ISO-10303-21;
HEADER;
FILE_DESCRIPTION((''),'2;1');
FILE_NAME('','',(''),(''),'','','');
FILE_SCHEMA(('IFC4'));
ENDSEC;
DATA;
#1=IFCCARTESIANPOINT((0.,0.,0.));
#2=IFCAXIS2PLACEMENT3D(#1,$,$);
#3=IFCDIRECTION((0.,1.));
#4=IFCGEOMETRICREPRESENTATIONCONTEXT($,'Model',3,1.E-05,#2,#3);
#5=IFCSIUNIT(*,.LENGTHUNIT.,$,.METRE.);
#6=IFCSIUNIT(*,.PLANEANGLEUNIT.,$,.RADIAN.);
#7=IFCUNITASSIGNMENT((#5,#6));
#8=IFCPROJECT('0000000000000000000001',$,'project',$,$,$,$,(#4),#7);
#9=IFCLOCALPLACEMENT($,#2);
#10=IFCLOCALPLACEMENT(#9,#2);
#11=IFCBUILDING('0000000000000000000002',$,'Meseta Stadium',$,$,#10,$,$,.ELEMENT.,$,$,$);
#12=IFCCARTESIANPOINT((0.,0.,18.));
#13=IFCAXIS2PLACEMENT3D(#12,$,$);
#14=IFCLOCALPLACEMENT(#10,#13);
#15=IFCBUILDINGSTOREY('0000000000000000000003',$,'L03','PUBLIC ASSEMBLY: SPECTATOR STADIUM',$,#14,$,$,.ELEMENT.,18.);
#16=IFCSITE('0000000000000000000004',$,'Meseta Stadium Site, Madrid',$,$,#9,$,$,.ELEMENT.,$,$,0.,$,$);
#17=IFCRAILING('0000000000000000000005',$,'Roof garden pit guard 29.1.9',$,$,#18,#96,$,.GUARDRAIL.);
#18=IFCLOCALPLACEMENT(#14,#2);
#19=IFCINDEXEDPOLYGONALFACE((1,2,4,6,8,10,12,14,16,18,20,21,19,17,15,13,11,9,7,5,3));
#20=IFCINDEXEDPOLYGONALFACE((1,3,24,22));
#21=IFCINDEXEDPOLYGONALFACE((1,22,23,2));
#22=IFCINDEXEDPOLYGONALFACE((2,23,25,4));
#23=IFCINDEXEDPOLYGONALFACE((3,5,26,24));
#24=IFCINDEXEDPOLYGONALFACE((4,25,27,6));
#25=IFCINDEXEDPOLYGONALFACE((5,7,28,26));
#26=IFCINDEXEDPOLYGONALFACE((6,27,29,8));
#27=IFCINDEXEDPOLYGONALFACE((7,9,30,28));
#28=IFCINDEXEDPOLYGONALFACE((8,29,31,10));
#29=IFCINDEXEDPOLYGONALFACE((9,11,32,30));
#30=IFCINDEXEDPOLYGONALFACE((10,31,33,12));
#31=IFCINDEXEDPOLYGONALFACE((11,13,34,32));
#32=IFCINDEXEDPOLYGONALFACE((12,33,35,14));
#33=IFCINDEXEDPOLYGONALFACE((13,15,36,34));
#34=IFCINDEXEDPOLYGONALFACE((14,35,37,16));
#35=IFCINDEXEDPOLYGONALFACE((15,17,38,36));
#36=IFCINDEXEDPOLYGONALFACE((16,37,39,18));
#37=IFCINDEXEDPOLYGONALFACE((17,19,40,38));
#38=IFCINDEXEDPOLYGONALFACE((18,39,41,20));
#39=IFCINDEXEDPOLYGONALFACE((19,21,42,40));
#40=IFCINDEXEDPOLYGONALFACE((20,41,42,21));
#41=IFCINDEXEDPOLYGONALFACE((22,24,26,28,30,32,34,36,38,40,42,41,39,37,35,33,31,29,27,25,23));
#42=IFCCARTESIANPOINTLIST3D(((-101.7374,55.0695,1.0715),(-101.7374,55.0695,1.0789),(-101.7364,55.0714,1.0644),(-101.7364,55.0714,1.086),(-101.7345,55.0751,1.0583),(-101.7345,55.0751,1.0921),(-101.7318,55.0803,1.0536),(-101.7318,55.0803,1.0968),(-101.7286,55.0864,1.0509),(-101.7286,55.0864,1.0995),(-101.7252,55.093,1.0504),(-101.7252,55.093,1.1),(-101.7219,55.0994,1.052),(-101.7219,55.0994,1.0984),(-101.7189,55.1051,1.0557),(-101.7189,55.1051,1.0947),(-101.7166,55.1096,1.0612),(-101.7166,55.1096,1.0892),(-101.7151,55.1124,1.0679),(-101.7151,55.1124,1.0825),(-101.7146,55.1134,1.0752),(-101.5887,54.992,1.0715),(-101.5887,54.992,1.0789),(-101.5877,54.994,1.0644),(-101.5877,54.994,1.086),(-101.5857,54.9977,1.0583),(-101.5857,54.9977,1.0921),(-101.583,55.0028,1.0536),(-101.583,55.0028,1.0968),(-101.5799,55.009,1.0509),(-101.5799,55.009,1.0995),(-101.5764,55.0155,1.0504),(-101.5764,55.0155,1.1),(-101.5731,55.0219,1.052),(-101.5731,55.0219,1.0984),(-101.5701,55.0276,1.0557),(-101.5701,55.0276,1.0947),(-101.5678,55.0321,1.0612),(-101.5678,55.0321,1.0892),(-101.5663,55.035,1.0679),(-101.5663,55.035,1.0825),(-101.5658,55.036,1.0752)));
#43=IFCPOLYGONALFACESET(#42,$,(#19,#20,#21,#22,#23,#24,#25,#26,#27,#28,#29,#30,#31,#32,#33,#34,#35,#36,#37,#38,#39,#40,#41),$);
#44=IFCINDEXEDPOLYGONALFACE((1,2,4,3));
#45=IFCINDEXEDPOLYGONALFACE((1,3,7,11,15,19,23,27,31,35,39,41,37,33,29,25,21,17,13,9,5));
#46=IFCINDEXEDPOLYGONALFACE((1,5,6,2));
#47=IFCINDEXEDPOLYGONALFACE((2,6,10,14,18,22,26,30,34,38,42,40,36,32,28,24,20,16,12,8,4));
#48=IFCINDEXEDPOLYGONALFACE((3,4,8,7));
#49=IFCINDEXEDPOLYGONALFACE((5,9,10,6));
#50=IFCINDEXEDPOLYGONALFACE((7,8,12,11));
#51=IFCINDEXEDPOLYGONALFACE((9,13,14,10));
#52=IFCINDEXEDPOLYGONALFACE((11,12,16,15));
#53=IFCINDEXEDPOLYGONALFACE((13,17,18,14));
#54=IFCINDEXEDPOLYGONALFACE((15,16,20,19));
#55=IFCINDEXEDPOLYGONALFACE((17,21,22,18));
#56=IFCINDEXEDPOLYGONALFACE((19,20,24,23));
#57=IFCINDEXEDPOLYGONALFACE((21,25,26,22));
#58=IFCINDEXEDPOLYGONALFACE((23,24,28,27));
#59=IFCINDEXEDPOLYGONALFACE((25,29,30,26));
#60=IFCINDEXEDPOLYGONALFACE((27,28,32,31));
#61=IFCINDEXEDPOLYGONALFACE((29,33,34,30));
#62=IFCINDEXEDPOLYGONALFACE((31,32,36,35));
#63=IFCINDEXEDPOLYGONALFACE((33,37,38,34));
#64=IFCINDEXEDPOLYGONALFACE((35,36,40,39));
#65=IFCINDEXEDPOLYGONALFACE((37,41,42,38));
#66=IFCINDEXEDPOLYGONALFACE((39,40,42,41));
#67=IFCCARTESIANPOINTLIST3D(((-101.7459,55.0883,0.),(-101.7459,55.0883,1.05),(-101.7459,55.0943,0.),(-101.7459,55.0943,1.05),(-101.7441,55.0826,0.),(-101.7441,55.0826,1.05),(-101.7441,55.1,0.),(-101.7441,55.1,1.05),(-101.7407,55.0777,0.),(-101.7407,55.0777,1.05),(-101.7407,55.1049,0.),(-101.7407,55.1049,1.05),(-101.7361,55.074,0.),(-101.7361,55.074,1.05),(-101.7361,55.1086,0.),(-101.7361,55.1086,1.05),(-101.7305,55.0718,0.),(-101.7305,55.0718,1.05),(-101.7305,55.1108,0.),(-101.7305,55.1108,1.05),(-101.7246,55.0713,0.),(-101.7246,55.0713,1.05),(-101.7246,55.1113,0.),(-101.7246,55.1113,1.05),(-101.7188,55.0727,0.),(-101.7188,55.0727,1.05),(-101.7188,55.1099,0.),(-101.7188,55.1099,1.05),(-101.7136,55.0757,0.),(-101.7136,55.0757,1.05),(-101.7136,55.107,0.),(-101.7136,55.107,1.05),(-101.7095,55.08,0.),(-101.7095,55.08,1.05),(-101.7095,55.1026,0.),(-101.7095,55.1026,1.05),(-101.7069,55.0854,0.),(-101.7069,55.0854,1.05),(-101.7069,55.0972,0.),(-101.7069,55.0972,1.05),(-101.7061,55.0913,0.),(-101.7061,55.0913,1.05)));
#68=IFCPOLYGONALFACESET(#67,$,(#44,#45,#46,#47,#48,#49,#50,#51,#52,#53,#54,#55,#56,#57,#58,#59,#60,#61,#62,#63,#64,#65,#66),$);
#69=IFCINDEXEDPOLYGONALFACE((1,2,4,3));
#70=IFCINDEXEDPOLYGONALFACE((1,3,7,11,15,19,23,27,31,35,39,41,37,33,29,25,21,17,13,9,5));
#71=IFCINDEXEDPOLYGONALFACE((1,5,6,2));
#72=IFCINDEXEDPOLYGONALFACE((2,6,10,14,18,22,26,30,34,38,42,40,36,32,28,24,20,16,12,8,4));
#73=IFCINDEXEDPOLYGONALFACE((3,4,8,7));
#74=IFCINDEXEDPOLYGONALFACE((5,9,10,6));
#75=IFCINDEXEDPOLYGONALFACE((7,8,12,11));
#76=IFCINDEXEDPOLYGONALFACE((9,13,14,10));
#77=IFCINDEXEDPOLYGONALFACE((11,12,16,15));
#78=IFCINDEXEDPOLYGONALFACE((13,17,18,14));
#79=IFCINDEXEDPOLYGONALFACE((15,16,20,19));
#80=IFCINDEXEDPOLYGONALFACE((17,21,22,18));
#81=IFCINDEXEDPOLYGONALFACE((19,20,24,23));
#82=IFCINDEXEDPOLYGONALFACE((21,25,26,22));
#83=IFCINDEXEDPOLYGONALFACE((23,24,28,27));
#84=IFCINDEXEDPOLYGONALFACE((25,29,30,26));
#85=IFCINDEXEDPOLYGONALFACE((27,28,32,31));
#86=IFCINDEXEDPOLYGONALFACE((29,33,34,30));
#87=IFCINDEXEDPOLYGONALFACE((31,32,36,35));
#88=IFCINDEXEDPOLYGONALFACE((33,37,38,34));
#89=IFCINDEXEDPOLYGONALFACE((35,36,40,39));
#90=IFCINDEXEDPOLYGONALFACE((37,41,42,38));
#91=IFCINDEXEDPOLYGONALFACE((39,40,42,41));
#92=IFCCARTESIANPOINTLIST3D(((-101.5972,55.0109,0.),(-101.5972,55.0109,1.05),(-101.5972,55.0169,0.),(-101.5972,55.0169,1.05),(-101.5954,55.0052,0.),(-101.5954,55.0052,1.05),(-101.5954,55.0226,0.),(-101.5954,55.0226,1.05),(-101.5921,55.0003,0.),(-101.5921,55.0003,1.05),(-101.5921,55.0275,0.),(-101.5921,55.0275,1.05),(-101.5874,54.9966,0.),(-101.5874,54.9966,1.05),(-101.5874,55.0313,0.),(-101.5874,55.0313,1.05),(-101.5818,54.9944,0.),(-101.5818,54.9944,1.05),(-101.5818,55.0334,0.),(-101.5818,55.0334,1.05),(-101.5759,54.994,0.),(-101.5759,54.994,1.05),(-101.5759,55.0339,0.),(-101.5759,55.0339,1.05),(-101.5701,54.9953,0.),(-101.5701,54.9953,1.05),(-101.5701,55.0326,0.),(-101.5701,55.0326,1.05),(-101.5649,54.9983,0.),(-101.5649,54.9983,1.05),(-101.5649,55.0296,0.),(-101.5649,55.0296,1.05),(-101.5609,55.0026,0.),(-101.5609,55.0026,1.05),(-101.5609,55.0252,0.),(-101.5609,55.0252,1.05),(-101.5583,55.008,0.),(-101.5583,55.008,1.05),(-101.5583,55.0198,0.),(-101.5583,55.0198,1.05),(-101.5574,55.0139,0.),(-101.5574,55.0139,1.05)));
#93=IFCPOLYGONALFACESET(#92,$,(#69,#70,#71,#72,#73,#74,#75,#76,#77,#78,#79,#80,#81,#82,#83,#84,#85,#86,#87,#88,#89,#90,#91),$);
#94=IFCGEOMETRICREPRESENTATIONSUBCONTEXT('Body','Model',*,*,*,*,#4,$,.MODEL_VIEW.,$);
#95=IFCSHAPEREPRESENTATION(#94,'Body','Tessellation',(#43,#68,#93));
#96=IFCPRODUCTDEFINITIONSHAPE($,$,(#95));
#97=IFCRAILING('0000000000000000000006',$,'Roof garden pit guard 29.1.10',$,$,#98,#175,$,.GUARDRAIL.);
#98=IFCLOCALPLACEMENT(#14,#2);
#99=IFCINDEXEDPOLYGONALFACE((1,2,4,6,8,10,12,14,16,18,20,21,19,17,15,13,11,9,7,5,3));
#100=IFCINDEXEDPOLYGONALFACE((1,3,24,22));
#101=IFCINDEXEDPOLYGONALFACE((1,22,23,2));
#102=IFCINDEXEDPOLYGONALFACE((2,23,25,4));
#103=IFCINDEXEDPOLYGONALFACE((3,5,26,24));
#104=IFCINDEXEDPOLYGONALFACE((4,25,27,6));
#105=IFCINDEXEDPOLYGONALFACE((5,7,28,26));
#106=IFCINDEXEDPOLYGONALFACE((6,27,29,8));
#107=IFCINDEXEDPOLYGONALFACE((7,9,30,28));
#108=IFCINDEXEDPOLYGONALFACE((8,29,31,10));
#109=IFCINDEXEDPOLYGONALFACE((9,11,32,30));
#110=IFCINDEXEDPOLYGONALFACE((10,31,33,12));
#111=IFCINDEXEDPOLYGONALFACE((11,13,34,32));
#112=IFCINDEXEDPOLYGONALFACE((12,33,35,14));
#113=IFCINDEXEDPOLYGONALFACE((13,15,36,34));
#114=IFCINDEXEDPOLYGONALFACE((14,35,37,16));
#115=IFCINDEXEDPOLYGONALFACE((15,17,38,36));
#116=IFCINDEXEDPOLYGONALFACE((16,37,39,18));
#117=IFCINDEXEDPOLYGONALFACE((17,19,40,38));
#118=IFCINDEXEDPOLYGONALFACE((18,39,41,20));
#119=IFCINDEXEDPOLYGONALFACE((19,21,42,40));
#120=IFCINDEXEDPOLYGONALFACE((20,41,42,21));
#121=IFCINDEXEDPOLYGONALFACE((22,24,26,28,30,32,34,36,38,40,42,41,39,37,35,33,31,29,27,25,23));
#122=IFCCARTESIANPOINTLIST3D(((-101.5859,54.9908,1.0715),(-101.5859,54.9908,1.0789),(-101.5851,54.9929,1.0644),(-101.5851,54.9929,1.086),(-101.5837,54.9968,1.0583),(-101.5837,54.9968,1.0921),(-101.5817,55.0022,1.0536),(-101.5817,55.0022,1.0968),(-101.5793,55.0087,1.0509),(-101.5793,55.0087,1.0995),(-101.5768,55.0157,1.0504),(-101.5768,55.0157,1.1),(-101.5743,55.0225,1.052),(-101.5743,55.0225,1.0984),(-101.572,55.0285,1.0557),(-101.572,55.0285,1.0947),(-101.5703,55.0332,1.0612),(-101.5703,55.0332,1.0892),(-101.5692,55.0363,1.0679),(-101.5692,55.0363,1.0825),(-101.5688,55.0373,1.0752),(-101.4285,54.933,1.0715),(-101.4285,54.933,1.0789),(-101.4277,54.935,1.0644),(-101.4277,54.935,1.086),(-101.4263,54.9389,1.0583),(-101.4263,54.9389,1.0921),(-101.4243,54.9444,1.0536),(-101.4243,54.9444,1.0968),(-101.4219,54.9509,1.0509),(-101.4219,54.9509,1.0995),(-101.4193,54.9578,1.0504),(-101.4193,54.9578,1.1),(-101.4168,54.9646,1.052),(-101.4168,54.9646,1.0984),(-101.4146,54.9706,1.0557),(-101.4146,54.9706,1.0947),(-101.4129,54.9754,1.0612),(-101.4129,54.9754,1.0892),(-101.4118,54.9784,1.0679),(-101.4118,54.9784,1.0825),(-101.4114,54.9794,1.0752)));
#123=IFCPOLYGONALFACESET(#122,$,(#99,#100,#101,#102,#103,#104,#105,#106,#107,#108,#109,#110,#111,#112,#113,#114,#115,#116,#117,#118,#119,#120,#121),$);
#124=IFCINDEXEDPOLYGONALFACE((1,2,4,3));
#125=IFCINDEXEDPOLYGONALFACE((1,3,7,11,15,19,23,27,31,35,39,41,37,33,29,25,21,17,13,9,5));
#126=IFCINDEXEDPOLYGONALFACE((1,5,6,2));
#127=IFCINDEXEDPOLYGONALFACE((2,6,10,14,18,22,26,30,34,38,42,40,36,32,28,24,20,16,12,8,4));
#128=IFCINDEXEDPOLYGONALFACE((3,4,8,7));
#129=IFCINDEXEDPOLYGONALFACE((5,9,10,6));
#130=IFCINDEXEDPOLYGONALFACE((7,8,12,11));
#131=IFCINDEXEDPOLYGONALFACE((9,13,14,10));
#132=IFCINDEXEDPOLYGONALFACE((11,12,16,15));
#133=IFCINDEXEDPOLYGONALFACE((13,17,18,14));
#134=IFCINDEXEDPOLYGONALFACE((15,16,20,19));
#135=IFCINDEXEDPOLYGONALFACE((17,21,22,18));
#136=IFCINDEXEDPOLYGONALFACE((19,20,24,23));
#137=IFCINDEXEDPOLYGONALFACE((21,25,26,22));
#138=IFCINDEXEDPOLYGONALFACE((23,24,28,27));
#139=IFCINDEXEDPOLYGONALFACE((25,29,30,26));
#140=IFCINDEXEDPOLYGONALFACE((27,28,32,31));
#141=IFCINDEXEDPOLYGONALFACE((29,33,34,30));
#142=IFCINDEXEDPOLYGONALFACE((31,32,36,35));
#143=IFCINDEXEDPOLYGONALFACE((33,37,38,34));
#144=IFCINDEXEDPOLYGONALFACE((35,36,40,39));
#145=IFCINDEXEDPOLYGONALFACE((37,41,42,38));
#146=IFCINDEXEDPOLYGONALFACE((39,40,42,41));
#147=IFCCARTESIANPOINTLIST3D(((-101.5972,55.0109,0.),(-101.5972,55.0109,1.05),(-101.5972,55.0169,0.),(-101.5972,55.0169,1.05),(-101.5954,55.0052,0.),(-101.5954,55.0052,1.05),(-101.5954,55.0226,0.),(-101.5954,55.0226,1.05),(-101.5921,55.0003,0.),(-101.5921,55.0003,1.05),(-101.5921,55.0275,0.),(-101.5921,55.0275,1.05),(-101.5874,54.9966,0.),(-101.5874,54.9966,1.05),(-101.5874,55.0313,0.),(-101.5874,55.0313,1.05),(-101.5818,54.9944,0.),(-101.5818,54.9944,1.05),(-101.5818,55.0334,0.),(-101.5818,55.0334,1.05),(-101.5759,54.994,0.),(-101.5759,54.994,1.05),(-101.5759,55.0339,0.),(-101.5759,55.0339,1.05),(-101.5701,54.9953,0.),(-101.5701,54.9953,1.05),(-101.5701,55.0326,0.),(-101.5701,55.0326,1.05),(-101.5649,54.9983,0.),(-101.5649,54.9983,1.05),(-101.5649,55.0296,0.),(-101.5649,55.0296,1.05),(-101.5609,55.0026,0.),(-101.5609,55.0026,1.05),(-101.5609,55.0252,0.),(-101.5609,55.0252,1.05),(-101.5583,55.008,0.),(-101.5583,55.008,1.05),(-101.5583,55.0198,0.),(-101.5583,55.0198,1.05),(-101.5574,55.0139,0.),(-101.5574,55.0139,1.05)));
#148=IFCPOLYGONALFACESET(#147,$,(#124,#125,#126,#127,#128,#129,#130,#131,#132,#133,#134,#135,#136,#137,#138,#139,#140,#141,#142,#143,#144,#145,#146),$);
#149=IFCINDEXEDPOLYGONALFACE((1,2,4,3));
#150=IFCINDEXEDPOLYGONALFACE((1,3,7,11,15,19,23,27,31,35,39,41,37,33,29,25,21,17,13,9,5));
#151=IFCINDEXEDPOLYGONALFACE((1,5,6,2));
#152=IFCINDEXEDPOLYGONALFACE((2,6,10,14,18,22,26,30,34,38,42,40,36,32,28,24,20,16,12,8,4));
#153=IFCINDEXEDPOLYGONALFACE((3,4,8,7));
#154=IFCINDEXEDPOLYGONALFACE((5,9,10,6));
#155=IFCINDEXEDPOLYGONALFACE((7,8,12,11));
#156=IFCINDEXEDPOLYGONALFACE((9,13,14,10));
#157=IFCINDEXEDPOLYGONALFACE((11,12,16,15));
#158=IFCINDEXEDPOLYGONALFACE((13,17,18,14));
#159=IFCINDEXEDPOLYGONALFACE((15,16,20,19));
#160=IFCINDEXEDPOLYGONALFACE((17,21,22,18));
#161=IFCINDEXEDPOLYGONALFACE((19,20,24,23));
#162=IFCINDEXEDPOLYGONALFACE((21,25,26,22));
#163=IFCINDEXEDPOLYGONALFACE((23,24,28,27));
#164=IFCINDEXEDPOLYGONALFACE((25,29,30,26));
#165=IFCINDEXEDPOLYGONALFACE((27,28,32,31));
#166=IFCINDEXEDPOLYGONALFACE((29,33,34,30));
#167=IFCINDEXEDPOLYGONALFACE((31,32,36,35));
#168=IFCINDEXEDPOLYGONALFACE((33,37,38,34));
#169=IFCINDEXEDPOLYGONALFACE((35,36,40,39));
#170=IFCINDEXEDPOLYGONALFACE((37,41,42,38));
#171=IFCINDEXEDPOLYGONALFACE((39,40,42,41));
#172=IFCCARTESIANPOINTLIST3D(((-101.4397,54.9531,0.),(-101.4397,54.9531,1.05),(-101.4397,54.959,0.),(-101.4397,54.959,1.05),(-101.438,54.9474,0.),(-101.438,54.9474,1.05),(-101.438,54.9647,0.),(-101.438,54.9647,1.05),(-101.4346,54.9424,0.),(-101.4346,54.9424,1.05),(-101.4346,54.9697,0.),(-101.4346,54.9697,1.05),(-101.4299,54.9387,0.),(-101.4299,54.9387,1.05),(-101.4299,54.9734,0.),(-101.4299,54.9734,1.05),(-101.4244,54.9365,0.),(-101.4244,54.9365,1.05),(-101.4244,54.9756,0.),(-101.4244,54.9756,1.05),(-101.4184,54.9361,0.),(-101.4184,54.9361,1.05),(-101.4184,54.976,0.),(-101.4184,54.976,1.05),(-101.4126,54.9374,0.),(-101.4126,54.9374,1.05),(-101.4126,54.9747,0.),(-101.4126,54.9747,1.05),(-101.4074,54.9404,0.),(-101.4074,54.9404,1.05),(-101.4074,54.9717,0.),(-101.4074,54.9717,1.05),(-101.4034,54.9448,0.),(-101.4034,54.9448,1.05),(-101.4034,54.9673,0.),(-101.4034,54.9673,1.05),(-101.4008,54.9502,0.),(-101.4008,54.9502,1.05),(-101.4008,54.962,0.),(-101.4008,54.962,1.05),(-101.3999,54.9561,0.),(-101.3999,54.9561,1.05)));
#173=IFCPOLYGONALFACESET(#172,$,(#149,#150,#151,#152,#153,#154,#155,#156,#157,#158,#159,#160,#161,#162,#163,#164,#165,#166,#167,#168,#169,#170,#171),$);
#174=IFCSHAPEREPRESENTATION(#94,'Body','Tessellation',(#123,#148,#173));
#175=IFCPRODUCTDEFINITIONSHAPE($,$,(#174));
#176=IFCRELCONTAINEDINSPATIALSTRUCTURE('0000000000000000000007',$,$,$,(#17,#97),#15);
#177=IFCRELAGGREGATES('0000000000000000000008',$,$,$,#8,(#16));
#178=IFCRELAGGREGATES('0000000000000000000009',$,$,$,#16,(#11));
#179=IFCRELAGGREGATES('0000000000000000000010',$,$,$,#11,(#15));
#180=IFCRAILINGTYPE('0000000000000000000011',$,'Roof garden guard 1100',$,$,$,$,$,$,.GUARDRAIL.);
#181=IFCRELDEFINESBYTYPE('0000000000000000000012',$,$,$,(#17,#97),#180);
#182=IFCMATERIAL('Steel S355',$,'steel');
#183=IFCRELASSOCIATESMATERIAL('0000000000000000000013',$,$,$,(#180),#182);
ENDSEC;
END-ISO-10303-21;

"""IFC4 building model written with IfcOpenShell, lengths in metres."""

from ifc_helpers import new_model, si_unit, direction, frame, origin, origin_2d, place, context, subcontext, project, spatial, circle, extrude, material, type_object, element, save


model = new_model("IFC4")

# Units and contexts
model_context = context("Model", 3, precision=1e-05, world=origin(), true_north=direction((0.0, 1.0)))
body_context = subcontext(model_context, "Body", "Model", "MODEL_VIEW")
ifc_project = project(units=[si_unit("LENGTHUNIT", "METRE"), si_unit("PLANEANGLEUNIT", "RADIAN")], contexts=[model_context])

# Site, building, storey
site_placement = place(None, origin())
site = spatial("IfcSite", under=ifc_project, at=site_placement, Name="Meseta Stadium Site, Madrid", CompositionType="ELEMENT", RefElevation=0.0)
building_placement = place(site_placement, origin())
building = spatial("IfcBuilding", under=site, at=building_placement, Name="Meseta Stadium", CompositionType="ELEMENT")
storey_placement = place(building_placement, frame((0.0, 0.0, 18.0)))
storey = spatial("IfcBuildingStorey", under=building, at=storey_placement, Name="L03", Description="PUBLIC ASSEMBLY: SPECTATOR STADIUM", CompositionType="ELEMENT", Elevation=18.0)

# Railings
ifc_material_1 = material(Name="Steel S355", Category="steel")
railing_type = type_object("IfcRailingType", Name="Roof garden guard 1100", PredefinedType="GUARDRAIL", material=ifc_material_1)
railing_1_placement = place(storey_placement, frame((-101.7261, 55.0913, 0.0)))
element("IfcRailing", 1, at=railing_1_placement, inside=storey, type_object=railing_type, Name="Roof garden pit guard 29.1.9", PredefinedType="GUARDRAIL", context=body_context, shape_type="SweptSolid", body=[
    extrude(circle(Radius=0.0249, at=origin_2d()), frame((0.0, 0.0, 1.0752), z_axis=(0.887026, -0.46172, 0.0), x_axis=(0.46172, 0.887026, 0.0)), (0.0, 0.0, 1.0), 0.1677),
    extrude(circle(Radius=0.02, at=origin_2d()), origin(), (0.0, 0.0, 1.0), 1.05),
    extrude(circle(Radius=0.02, at=origin_2d()), frame((0.1487, -0.0774, 0.0)), (0.0, 0.0, 1.0), 1.05),
])
railing_2_placement = place(storey_placement, frame((-101.5774, 55.0139, 0.0)))
element("IfcRailing", 2, at=railing_2_placement, inside=storey, type_object=railing_type, Name="Roof garden pit guard 29.1.10", PredefinedType="GUARDRAIL", context=body_context, shape_type="SweptSolid", body=[
    extrude(circle(Radius=0.0249, at=origin_2d()), frame((0.0, 0.0, 1.0752), z_axis=(0.938641, -0.344896, 0.0), x_axis=(0.344896, 0.938641, 0.0)), (0.0, 0.0, 1.0), 0.1677),
    extrude(circle(Radius=0.02, at=origin_2d()), origin(), (0.0, 0.0, 1.0), 1.05),
    extrude(circle(Radius=0.02, at=origin_2d()), frame((0.1575, -0.0579, 0.0)), (0.0, 0.0, 1.0), 1.05),
])

save(model, "model.ifc")
